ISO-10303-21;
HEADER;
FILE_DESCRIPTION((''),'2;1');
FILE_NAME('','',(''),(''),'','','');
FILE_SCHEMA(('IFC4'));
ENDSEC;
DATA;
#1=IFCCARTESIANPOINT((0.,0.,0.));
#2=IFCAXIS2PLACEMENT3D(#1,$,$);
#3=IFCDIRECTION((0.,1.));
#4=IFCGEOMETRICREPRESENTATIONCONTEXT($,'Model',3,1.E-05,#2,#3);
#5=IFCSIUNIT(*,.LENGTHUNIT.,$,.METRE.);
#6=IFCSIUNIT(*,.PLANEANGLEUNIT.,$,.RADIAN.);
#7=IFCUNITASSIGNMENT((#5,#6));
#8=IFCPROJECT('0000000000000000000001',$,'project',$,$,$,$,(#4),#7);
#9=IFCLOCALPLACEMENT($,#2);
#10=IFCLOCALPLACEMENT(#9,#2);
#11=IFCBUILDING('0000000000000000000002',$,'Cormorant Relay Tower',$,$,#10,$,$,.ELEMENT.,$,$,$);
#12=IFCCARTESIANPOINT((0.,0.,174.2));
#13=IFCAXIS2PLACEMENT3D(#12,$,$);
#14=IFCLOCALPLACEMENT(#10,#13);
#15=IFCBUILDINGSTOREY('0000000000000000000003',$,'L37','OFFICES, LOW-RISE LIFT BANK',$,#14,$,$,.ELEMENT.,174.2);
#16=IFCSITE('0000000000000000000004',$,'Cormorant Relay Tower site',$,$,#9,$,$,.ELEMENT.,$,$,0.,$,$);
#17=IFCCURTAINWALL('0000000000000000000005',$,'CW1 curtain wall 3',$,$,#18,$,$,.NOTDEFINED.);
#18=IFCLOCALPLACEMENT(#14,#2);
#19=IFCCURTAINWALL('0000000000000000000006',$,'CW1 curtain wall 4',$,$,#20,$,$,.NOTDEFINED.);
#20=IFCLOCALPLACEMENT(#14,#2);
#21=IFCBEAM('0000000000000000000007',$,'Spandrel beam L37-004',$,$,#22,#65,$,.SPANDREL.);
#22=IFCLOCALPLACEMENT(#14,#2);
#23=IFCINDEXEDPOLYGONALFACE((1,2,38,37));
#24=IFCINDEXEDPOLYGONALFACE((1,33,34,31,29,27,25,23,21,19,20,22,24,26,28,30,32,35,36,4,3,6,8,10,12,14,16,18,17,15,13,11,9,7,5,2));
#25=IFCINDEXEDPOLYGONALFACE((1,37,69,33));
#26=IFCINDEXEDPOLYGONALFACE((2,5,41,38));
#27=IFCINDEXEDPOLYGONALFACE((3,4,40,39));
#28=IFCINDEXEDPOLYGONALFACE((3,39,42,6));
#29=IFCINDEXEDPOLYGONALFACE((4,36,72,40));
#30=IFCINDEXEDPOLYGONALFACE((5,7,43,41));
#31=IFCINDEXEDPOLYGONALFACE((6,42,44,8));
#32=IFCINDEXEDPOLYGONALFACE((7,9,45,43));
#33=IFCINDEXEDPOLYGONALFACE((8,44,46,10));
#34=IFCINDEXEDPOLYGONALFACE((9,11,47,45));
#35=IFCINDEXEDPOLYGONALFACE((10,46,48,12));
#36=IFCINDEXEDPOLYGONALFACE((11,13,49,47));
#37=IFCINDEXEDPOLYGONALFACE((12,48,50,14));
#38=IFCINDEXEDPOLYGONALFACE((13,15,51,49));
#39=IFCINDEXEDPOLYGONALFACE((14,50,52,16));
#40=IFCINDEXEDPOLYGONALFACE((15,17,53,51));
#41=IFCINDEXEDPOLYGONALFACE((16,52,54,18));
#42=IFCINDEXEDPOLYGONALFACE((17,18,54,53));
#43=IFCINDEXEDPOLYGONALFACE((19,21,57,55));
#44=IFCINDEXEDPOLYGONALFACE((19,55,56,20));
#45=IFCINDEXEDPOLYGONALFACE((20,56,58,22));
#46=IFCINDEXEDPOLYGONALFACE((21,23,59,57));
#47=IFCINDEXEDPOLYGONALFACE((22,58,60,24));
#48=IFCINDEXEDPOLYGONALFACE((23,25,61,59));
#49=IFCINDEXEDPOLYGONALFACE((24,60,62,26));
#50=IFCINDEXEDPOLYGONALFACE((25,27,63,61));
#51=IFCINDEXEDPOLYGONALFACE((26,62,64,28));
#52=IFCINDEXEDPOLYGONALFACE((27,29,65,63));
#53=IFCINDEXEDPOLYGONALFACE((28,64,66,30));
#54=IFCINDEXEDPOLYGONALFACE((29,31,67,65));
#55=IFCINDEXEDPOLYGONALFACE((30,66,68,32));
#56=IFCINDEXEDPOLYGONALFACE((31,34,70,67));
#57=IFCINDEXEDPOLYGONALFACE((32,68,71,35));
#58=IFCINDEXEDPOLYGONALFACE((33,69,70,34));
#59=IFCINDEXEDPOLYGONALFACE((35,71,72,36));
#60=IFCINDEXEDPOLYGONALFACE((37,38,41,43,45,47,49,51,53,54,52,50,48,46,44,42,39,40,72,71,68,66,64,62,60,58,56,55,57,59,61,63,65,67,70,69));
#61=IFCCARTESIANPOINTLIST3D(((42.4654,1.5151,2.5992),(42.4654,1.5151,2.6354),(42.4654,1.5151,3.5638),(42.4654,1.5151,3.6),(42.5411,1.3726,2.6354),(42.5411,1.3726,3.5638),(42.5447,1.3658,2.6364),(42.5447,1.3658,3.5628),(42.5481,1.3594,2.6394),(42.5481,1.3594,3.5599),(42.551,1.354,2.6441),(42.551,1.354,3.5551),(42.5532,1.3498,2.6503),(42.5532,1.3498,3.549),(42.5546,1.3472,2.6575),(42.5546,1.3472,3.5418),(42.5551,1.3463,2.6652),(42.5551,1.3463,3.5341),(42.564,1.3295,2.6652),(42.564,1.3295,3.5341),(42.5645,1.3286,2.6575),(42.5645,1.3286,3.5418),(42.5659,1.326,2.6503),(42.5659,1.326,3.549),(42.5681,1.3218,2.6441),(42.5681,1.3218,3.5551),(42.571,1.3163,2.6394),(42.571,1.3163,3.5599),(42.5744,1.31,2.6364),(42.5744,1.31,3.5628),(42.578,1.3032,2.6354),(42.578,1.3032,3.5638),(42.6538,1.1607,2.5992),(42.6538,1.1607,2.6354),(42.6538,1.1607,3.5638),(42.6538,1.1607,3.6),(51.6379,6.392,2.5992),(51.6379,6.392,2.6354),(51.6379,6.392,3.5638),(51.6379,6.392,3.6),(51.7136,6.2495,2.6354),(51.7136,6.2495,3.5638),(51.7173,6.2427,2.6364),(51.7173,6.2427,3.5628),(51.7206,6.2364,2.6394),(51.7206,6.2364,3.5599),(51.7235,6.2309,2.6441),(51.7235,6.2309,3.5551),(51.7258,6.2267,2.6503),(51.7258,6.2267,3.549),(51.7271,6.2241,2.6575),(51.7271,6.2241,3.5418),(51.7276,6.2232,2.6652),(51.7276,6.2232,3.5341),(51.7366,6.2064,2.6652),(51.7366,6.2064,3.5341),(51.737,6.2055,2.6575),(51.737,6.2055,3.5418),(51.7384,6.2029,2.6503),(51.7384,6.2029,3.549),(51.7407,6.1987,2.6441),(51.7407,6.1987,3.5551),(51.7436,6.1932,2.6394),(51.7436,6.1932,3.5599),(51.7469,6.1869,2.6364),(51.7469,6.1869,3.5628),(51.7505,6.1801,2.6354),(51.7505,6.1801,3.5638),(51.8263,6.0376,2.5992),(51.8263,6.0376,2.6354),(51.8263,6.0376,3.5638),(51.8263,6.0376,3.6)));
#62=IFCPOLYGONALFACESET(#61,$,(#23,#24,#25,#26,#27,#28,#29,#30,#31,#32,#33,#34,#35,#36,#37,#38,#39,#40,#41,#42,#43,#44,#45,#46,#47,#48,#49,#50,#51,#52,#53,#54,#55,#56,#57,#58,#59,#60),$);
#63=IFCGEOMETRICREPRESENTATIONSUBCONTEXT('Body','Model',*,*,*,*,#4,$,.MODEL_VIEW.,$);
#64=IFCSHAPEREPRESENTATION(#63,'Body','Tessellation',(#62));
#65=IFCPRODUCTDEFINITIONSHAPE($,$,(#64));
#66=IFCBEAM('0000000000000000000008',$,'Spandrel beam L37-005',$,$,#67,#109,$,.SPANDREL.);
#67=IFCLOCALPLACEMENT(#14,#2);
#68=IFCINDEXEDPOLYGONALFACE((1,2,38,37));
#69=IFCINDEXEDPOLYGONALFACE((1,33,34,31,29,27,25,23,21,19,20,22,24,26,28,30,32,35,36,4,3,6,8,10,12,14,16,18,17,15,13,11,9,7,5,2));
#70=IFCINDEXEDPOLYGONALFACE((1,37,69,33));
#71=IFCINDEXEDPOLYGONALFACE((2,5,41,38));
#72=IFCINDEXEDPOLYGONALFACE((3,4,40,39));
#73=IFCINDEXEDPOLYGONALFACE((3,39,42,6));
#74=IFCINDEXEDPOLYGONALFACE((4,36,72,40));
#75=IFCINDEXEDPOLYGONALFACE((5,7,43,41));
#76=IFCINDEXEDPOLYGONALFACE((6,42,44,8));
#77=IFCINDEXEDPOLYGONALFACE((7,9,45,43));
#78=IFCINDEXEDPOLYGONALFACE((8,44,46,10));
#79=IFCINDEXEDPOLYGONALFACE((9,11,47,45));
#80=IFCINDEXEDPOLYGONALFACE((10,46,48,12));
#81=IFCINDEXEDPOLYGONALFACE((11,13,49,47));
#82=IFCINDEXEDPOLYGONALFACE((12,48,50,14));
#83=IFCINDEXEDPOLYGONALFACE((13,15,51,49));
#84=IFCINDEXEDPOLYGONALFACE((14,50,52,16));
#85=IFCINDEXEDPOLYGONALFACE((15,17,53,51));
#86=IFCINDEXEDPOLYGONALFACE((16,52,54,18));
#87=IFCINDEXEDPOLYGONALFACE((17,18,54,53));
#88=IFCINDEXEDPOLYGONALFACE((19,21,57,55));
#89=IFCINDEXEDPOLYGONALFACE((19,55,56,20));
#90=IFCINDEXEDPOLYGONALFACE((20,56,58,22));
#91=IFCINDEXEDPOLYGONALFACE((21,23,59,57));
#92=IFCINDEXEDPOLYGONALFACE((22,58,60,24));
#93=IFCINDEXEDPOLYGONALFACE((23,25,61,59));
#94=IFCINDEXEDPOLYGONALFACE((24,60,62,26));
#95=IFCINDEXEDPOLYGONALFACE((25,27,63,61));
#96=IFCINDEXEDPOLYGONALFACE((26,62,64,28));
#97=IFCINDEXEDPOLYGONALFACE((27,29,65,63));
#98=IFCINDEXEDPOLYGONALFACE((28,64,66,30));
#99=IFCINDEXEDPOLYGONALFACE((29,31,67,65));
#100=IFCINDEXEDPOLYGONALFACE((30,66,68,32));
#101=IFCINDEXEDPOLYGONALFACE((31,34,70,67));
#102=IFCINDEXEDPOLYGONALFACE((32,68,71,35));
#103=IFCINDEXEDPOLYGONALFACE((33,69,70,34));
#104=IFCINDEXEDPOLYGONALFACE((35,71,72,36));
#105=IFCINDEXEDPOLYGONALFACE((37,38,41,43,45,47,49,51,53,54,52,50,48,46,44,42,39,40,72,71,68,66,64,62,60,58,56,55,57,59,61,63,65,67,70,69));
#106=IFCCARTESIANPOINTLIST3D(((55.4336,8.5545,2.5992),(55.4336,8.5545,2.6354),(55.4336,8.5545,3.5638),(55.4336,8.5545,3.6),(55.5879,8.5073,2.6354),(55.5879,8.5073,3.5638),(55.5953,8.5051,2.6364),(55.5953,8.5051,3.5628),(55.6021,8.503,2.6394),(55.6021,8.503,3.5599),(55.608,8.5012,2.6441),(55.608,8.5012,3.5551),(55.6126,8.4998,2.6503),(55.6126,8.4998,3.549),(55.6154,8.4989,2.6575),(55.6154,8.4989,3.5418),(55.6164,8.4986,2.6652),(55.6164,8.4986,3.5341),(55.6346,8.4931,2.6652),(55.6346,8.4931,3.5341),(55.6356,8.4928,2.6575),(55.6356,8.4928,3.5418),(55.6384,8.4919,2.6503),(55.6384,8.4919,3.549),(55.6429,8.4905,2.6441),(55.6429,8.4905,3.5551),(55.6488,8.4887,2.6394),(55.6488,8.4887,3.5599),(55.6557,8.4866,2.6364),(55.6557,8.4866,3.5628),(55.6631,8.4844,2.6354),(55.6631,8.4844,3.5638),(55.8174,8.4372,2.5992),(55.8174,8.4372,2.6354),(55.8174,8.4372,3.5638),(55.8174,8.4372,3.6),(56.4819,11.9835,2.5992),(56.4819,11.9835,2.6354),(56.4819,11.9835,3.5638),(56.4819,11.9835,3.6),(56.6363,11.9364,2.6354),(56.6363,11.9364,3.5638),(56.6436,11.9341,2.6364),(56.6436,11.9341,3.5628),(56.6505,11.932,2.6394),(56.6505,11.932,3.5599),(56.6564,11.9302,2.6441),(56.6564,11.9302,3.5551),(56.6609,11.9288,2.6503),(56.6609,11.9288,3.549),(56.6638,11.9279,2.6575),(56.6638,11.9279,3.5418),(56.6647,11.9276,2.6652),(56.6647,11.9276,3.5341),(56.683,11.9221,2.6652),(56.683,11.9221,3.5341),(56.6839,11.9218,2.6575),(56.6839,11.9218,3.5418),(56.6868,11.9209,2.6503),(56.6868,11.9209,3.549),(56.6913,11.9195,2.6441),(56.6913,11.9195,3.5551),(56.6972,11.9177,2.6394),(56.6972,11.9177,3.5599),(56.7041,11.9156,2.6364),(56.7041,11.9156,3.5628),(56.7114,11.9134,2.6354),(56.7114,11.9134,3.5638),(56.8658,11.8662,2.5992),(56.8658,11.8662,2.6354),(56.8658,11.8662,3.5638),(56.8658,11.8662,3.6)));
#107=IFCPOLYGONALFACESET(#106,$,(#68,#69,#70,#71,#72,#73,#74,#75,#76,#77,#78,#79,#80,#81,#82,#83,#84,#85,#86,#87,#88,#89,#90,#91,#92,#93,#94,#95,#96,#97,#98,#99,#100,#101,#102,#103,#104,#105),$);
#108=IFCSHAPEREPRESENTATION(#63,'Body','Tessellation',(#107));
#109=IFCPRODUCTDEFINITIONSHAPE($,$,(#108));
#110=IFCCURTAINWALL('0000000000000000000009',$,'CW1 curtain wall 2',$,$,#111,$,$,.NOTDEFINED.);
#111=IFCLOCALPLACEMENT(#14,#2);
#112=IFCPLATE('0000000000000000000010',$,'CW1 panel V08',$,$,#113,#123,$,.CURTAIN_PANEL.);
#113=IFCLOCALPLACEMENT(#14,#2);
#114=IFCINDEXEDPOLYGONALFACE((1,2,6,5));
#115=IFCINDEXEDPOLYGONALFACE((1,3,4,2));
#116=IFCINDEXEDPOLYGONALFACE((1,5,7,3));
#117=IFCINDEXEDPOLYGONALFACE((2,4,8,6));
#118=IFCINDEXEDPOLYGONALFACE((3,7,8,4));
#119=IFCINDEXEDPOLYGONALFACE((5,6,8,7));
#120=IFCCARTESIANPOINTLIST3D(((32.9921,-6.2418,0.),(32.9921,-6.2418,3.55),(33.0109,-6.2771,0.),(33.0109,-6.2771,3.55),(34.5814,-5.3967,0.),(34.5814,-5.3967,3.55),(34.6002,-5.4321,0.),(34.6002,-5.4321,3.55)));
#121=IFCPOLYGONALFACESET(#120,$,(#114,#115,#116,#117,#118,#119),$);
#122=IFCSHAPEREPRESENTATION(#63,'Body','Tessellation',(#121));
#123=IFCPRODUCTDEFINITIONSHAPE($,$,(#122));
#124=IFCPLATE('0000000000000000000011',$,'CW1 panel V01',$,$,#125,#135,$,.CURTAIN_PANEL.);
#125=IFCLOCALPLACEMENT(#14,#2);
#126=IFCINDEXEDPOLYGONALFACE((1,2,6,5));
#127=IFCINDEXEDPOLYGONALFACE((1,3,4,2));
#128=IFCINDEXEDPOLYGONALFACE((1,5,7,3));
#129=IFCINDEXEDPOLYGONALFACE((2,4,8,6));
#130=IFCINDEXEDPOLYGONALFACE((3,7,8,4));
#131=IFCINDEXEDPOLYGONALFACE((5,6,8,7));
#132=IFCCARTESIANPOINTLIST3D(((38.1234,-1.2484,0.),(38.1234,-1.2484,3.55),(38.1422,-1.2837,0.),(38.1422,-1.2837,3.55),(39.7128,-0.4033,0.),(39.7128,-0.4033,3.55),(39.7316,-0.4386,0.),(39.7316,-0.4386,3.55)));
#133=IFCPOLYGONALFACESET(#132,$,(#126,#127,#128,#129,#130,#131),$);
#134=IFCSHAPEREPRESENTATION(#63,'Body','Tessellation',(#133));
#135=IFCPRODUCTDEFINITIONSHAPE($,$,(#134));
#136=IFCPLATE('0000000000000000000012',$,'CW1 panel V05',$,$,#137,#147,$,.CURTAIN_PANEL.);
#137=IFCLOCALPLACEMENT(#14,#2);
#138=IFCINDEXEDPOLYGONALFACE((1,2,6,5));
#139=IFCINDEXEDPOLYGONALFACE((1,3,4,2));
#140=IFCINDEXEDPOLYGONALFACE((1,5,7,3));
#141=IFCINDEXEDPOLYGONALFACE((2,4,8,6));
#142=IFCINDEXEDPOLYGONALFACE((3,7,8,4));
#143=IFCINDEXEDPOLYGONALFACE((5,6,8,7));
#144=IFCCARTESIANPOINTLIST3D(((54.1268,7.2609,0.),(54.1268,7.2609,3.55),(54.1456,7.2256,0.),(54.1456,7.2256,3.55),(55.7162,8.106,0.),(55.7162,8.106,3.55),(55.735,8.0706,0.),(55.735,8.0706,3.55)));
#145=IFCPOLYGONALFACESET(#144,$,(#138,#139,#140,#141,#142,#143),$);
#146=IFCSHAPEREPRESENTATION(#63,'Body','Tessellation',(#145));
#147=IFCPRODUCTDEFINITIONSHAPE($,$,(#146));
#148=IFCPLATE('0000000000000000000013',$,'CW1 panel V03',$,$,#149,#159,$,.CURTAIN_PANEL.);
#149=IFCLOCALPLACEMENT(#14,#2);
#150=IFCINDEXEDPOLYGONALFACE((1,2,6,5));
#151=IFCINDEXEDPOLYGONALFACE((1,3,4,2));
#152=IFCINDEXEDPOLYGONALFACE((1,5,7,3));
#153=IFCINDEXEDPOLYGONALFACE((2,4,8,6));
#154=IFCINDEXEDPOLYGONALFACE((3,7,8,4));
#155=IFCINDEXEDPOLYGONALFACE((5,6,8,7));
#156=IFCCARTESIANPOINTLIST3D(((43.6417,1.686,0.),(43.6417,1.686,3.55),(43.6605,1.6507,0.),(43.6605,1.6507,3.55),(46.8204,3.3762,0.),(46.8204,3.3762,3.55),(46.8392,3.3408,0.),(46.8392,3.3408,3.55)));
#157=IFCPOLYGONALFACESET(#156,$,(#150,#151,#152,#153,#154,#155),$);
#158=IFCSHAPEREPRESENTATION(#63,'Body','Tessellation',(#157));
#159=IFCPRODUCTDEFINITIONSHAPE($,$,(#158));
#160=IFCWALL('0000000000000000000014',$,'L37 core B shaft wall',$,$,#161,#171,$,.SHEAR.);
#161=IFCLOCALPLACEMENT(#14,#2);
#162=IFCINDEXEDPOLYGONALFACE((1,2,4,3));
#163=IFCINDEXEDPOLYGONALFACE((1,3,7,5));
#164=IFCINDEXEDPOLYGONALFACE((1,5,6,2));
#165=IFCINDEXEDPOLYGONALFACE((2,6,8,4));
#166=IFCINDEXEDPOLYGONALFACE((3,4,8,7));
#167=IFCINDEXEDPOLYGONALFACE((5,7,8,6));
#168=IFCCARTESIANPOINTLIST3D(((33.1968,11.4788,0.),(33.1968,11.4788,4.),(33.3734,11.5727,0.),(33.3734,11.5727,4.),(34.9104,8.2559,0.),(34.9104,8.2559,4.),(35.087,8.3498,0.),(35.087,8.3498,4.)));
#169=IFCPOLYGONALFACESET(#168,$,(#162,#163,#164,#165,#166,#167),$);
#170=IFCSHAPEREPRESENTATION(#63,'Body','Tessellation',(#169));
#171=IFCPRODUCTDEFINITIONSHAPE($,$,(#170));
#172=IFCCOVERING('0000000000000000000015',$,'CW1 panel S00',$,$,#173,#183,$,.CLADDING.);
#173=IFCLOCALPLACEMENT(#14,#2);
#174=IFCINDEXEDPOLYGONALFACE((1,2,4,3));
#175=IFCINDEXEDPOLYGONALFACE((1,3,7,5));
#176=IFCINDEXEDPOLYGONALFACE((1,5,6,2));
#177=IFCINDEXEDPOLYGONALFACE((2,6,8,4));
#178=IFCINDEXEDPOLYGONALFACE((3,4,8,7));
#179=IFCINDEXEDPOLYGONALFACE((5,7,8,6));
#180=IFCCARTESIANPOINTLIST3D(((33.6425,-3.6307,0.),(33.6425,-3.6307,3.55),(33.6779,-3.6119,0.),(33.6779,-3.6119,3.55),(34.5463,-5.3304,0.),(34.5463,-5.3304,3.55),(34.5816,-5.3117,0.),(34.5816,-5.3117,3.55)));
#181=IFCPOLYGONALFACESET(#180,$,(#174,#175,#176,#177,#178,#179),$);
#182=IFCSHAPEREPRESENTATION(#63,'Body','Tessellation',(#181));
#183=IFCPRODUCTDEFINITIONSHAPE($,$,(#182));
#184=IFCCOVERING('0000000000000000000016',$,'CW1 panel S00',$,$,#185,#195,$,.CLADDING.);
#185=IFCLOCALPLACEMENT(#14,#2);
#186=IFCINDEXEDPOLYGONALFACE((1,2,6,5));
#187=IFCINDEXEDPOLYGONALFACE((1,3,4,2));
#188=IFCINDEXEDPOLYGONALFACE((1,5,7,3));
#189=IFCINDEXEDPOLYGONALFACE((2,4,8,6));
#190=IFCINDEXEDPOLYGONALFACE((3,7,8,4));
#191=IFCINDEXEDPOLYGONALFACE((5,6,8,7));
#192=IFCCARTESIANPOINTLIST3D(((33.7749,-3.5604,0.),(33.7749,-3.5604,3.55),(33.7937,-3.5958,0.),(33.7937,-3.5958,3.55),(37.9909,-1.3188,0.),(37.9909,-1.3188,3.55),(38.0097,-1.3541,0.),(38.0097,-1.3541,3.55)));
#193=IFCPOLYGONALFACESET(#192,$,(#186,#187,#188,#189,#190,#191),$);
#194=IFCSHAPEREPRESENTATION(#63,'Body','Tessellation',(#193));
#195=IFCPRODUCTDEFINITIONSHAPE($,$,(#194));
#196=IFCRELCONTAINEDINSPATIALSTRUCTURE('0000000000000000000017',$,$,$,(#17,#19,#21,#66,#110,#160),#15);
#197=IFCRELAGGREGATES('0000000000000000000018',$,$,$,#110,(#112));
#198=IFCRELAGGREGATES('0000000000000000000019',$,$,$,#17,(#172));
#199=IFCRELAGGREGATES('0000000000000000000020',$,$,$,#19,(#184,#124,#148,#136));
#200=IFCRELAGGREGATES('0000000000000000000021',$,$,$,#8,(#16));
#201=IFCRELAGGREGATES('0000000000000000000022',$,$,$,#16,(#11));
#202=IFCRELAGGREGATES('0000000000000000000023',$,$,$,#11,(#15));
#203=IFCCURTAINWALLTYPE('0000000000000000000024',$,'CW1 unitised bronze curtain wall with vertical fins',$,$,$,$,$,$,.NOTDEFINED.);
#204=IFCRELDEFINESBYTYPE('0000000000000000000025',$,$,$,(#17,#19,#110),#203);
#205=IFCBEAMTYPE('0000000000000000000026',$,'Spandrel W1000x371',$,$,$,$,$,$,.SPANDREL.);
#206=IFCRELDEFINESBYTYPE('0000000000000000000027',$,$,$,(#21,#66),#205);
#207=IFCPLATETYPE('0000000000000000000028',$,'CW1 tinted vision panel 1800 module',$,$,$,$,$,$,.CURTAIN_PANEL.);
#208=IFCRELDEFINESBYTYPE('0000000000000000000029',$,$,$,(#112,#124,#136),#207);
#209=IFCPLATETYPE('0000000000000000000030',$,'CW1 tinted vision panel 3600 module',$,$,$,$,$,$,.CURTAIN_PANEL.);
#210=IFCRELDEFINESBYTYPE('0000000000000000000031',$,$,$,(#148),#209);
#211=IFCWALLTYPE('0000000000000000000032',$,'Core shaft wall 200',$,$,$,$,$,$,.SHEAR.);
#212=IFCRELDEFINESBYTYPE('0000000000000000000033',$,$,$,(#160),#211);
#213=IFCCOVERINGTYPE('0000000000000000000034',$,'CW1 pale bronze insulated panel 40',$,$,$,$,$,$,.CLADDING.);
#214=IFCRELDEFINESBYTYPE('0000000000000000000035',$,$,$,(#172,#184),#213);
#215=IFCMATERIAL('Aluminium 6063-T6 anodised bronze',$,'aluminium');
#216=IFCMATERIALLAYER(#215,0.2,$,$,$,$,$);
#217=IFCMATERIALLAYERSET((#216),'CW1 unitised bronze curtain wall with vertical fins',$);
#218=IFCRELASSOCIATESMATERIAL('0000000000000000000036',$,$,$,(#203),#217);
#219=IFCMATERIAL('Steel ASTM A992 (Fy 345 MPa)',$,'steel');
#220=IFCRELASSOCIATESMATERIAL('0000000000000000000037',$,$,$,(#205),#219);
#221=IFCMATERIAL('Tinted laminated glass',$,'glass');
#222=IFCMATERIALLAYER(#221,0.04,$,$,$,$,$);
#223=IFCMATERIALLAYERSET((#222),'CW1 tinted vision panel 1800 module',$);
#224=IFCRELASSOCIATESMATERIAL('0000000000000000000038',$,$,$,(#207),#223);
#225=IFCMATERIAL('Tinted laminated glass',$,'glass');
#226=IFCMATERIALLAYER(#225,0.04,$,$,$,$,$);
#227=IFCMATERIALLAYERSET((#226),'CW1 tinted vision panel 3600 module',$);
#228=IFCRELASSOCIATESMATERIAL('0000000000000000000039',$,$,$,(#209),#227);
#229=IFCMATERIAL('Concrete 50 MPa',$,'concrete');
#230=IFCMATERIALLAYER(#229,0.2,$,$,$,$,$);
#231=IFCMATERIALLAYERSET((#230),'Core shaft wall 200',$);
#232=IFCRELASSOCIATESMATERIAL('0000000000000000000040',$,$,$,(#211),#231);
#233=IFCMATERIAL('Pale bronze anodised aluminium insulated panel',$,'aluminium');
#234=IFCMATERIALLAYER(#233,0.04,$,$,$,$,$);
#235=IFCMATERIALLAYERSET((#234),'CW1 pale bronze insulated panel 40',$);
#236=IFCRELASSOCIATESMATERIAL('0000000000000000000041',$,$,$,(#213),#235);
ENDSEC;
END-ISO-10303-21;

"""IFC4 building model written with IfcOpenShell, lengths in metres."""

from ifc_helpers import new_model, si_unit, direction, frame, frame_2d, origin, origin_2d, place, context, subcontext, project, spatial, rectangle, i_section, extrude, material, layer, layer_set, material_profile, profile_set, type_object, element, aggregate, save


model = new_model("IFC4")

# Units and contexts
model_context = context("Model", 3, precision=1e-05, world=origin(), true_north=direction((0.0, 1.0)))
body_context = subcontext(model_context, "Body", "Model", "MODEL_VIEW")
ifc_project = project(units=[si_unit("LENGTHUNIT", "METRE"), si_unit("PLANEANGLEUNIT", "RADIAN")], contexts=[model_context])

# Site, building, storey
site_placement = place(None, origin())
site = spatial("IfcSite", under=ifc_project, at=site_placement, Name="Cormorant Relay Tower site", CompositionType="ELEMENT", RefElevation=0.0)
building_placement = place(site_placement, origin())
building = spatial("IfcBuilding", under=site, at=building_placement, Name="Cormorant Relay Tower", CompositionType="ELEMENT")
storey_placement = place(building_placement, frame((0.0, 0.0, 174.2)))
storey = spatial("IfcBuildingStorey", under=building, at=storey_placement, Name="L37", Description="OFFICES, LOW-RISE LIFT BANK", CompositionType="ELEMENT", Elevation=174.2)

# Curtain wall
ifc_material_1 = material(Name="Aluminium 6063-T6 anodised bronze", Category="aluminium")
ifc_layer_1 = layer(ifc_material_1, 0.2)
ifc_layer_set_1 = layer_set([ifc_layer_1], Name="CW1 unitised bronze curtain wall with vertical fins")
curtain_wall_type = type_object("IfcCurtainWallType", Name="CW1 unitised bronze curtain wall with vertical fins", PredefinedType="NOTDEFINED", material=ifc_layer_set_1)
curtain_wall_1_placement = place(storey_placement, origin())
curtain_wall_1 = element("IfcCurtainWall", 1, at=curtain_wall_1_placement, inside=storey, type_object=curtain_wall_type, Name="CW1 curtain wall 3", PredefinedType="NOTDEFINED")

# Curtain wall
curtain_wall_2_placement = place(storey_placement, origin())
curtain_wall_2 = element("IfcCurtainWall", 2, at=curtain_wall_2_placement, inside=storey, type_object=curtain_wall_type, Name="CW1 curtain wall 4", PredefinedType="NOTDEFINED")

# Beams
ifc_material_2 = material(Name="Steel ASTM A992 (Fy 345 MPa)", Category="steel")
ifc_material_profile_1 = material_profile(ifc_material_2, i_section(OverallWidth=0.4014, OverallDepth=1.0007, WebThickness=0.019, FlangeThickness=0.0361, FilletRadius=0.0298, at=origin_2d()), Name="W1000x371")
ifc_profile_set_1 = profile_set([ifc_material_profile_1], Name="Steel ASTM A992 (Fy 345 MPa)")
beam_type = type_object("IfcBeamType", Name="Spandrel W1000x371", PredefinedType="SPANDREL", material=ifc_profile_set_1)
beam_1_placement = place(storey_placement, frame((42.5596, 1.3379, 3.0996), z_axis=(0.882956, 0.469456, 0.0), x_axis=(-0.469456, 0.882956, 0.0)))
element("IfcBeam", 3, at=beam_1_placement, inside=storey, type_object=beam_type, Name="Spandrel beam L37-004", PredefinedType="SPANDREL", context=body_context, shape_type="SweptSolid", body=[
    extrude(i_section(OverallWidth=0.4014, OverallDepth=1.0007, WebThickness=0.019, FlangeThickness=0.0361, FilletRadius=0.0298, at=origin_2d()), origin(), (0.0, 0.0, 1.0), 10.3884),
])
beam_2_placement = place(storey_placement, frame((55.6255, 8.4958, 3.0996), z_axis=(0.292372, 0.956305, 0.0), x_axis=(-0.956305, 0.292372, 0.0)))
element("IfcBeam", 4, at=beam_2_placement, inside=storey, type_object=beam_type, Name="Spandrel beam L37-005", PredefinedType="SPANDREL", context=body_context, shape_type="SweptSolid", body=[
    extrude(i_section(OverallWidth=0.4014, OverallDepth=1.0007, WebThickness=0.019, FlangeThickness=0.0361, FilletRadius=0.0298, at=origin_2d()), origin(), (0.0, 0.0, 1.0), 3.5857),
])

# Curtain wall, plate
curtain_wall_3_placement = place(storey_placement, origin())
curtain_wall_3 = element("IfcCurtainWall", 5, at=curtain_wall_3_placement, inside=storey, type_object=curtain_wall_type, Name="CW1 curtain wall 2", PredefinedType="NOTDEFINED")
ifc_material_3 = material(Name="Tinted laminated glass", Category="glass")
ifc_layer_2 = layer(ifc_material_3, 0.04)
ifc_layer_set_2 = layer_set([ifc_layer_2], Name="CW1 tinted vision panel 1800 module")
plate_type_1 = type_object("IfcPlateType", Name="CW1 tinted vision panel 1800 module", PredefinedType="CURTAIN_PANEL", material=ifc_layer_set_2)
plate_1_placement = place(storey_placement, frame((33.7961, -5.8369, 0.0), z_axis=(0.0, 0.0, 1.0), x_axis=(0.882948, 0.469472, 0.0)))
plate_1 = element("IfcPlate", 6, at=plate_1_placement, type_object=plate_type_1, Name="CW1 panel V08", PredefinedType="CURTAIN_PANEL", context=body_context, shape_type="SweptSolid", body=[
    extrude(rectangle(XDim=1.8, YDim=0.04, at=origin_2d()), origin(), (0.0, 0.0, 1.0), 3.55),
])
aggregate(curtain_wall_3, [plate_1])

# Plates
plate_2_placement = place(storey_placement, frame((38.9275, -0.8435, 0.0), z_axis=(0.0, 0.0, 1.0), x_axis=(0.882948, 0.469472, 0.0)))
plate_2 = element("IfcPlate", 7, at=plate_2_placement, type_object=plate_type_1, Name="CW1 panel V01", PredefinedType="CURTAIN_PANEL", context=body_context, shape_type="SweptSolid", body=[
    extrude(rectangle(XDim=1.8, YDim=0.04, at=origin_2d()), origin(), (0.0, 0.0, 1.0), 3.55),
])
plate_3_placement = place(storey_placement, frame((54.9309, 7.6658, 0.0), z_axis=(0.0, 0.0, 1.0), x_axis=(0.882948, 0.469472, 0.0)))
plate_3 = element("IfcPlate", 8, at=plate_3_placement, type_object=plate_type_1, Name="CW1 panel V05", PredefinedType="CURTAIN_PANEL", context=body_context, shape_type="SweptSolid", body=[
    extrude(rectangle(XDim=1.8, YDim=0.04, at=origin_2d()), origin(), (0.0, 0.0, 1.0), 3.55),
])
ifc_material_4 = material(Name="Tinted laminated glass", Category="glass")
ifc_layer_3 = layer(ifc_material_4, 0.04)
ifc_layer_set_3 = layer_set([ifc_layer_3], Name="CW1 tinted vision panel 3600 module")
plate_type_2 = type_object("IfcPlateType", Name="CW1 tinted vision panel 3600 module", PredefinedType="CURTAIN_PANEL", material=ifc_layer_set_3)
plate_4_placement = place(storey_placement, frame((45.2405, 2.5134, 0.0), z_axis=(0.0, 0.0, 1.0), x_axis=(0.882948, 0.469472, 0.0)))
plate_4 = element("IfcPlate", 9, at=plate_4_placement, type_object=plate_type_2, Name="CW1 panel V03", PredefinedType="CURTAIN_PANEL", context=body_context, shape_type="SweptSolid", body=[
    extrude(rectangle(XDim=3.6001, YDim=0.04, at=origin_2d()), origin(), (0.0, 0.0, 1.0), 3.55),
])

# Wall
ifc_material_5 = material(Name="Concrete 50 MPa", Category="concrete")
ifc_layer_4 = layer(ifc_material_5, 0.2)
ifc_layer_set_4 = layer_set([ifc_layer_4], Name="Core shaft wall 200")
wall_type_1 = type_object("IfcWallType", Name="Core shaft wall 200", PredefinedType="SHEAR", material=ifc_layer_set_4)
wall_1_placement = place(storey_placement, frame((34.9988, 8.3027, 0.0), z_axis=(0.0, 0.0, 1.0), x_axis=(-0.469467, 0.88295, 0.0)))
element("IfcWall", 10, at=wall_1_placement, inside=storey, type_object=wall_type_1, Name="L37 core B shaft wall", PredefinedType="SHEAR", context=body_context, shape_type="SweptSolid", body=[
    extrude(rectangle(XDim=3.6501, YDim=0.2, at=frame_2d((1.8252, 0.0))), origin(), (0.0, 0.0, 1.0), 4.0),
])

# Coverings
ifc_material_6 = material(Name="Pale bronze anodised aluminium insulated panel", Category="aluminium")
ifc_layer_5 = layer(ifc_material_6, 0.04)
ifc_layer_set_5 = layer_set([ifc_layer_5], Name="CW1 pale bronze insulated panel 40")
covering_type = type_object("IfcCoveringType", Name="CW1 pale bronze insulated panel 40", PredefinedType="CLADDING", material=ifc_layer_set_5)
covering_1_placement = place(storey_placement, frame((34.1121, -4.4712, 0.0), z_axis=(0.0, 0.0, 1.0), x_axis=(-0.469472, 0.882948, 0.0)))
covering_1 = element("IfcCovering", 11, at=covering_1_placement, type_object=covering_type, Name="CW1 panel S00", PredefinedType="CLADDING", context=body_context, shape_type="SweptSolid", body=[
    extrude(rectangle(XDim=1.925, YDim=0.04, at=origin_2d()), origin(), (0.0, 0.0, 1.0), 3.55),
])
aggregate(curtain_wall_1, [covering_1])
covering_2_placement = place(storey_placement, frame((35.8923, -2.4573, 0.0), z_axis=(0.0, 0.0, 1.0), x_axis=(0.882948, 0.469472, 0.0)))
covering_2 = element("IfcCovering", 12, at=covering_2_placement, type_object=covering_type, Name="CW1 panel S00", PredefinedType="CLADDING", context=body_context, shape_type="SweptSolid", body=[
    extrude(rectangle(XDim=4.7749, YDim=0.04, at=origin_2d()), origin(), (0.0, 0.0, 1.0), 3.55),
])
aggregate(curtain_wall_2, [covering_2, plate_2, plate_4, plate_3])

save(model, "model.ifc")
